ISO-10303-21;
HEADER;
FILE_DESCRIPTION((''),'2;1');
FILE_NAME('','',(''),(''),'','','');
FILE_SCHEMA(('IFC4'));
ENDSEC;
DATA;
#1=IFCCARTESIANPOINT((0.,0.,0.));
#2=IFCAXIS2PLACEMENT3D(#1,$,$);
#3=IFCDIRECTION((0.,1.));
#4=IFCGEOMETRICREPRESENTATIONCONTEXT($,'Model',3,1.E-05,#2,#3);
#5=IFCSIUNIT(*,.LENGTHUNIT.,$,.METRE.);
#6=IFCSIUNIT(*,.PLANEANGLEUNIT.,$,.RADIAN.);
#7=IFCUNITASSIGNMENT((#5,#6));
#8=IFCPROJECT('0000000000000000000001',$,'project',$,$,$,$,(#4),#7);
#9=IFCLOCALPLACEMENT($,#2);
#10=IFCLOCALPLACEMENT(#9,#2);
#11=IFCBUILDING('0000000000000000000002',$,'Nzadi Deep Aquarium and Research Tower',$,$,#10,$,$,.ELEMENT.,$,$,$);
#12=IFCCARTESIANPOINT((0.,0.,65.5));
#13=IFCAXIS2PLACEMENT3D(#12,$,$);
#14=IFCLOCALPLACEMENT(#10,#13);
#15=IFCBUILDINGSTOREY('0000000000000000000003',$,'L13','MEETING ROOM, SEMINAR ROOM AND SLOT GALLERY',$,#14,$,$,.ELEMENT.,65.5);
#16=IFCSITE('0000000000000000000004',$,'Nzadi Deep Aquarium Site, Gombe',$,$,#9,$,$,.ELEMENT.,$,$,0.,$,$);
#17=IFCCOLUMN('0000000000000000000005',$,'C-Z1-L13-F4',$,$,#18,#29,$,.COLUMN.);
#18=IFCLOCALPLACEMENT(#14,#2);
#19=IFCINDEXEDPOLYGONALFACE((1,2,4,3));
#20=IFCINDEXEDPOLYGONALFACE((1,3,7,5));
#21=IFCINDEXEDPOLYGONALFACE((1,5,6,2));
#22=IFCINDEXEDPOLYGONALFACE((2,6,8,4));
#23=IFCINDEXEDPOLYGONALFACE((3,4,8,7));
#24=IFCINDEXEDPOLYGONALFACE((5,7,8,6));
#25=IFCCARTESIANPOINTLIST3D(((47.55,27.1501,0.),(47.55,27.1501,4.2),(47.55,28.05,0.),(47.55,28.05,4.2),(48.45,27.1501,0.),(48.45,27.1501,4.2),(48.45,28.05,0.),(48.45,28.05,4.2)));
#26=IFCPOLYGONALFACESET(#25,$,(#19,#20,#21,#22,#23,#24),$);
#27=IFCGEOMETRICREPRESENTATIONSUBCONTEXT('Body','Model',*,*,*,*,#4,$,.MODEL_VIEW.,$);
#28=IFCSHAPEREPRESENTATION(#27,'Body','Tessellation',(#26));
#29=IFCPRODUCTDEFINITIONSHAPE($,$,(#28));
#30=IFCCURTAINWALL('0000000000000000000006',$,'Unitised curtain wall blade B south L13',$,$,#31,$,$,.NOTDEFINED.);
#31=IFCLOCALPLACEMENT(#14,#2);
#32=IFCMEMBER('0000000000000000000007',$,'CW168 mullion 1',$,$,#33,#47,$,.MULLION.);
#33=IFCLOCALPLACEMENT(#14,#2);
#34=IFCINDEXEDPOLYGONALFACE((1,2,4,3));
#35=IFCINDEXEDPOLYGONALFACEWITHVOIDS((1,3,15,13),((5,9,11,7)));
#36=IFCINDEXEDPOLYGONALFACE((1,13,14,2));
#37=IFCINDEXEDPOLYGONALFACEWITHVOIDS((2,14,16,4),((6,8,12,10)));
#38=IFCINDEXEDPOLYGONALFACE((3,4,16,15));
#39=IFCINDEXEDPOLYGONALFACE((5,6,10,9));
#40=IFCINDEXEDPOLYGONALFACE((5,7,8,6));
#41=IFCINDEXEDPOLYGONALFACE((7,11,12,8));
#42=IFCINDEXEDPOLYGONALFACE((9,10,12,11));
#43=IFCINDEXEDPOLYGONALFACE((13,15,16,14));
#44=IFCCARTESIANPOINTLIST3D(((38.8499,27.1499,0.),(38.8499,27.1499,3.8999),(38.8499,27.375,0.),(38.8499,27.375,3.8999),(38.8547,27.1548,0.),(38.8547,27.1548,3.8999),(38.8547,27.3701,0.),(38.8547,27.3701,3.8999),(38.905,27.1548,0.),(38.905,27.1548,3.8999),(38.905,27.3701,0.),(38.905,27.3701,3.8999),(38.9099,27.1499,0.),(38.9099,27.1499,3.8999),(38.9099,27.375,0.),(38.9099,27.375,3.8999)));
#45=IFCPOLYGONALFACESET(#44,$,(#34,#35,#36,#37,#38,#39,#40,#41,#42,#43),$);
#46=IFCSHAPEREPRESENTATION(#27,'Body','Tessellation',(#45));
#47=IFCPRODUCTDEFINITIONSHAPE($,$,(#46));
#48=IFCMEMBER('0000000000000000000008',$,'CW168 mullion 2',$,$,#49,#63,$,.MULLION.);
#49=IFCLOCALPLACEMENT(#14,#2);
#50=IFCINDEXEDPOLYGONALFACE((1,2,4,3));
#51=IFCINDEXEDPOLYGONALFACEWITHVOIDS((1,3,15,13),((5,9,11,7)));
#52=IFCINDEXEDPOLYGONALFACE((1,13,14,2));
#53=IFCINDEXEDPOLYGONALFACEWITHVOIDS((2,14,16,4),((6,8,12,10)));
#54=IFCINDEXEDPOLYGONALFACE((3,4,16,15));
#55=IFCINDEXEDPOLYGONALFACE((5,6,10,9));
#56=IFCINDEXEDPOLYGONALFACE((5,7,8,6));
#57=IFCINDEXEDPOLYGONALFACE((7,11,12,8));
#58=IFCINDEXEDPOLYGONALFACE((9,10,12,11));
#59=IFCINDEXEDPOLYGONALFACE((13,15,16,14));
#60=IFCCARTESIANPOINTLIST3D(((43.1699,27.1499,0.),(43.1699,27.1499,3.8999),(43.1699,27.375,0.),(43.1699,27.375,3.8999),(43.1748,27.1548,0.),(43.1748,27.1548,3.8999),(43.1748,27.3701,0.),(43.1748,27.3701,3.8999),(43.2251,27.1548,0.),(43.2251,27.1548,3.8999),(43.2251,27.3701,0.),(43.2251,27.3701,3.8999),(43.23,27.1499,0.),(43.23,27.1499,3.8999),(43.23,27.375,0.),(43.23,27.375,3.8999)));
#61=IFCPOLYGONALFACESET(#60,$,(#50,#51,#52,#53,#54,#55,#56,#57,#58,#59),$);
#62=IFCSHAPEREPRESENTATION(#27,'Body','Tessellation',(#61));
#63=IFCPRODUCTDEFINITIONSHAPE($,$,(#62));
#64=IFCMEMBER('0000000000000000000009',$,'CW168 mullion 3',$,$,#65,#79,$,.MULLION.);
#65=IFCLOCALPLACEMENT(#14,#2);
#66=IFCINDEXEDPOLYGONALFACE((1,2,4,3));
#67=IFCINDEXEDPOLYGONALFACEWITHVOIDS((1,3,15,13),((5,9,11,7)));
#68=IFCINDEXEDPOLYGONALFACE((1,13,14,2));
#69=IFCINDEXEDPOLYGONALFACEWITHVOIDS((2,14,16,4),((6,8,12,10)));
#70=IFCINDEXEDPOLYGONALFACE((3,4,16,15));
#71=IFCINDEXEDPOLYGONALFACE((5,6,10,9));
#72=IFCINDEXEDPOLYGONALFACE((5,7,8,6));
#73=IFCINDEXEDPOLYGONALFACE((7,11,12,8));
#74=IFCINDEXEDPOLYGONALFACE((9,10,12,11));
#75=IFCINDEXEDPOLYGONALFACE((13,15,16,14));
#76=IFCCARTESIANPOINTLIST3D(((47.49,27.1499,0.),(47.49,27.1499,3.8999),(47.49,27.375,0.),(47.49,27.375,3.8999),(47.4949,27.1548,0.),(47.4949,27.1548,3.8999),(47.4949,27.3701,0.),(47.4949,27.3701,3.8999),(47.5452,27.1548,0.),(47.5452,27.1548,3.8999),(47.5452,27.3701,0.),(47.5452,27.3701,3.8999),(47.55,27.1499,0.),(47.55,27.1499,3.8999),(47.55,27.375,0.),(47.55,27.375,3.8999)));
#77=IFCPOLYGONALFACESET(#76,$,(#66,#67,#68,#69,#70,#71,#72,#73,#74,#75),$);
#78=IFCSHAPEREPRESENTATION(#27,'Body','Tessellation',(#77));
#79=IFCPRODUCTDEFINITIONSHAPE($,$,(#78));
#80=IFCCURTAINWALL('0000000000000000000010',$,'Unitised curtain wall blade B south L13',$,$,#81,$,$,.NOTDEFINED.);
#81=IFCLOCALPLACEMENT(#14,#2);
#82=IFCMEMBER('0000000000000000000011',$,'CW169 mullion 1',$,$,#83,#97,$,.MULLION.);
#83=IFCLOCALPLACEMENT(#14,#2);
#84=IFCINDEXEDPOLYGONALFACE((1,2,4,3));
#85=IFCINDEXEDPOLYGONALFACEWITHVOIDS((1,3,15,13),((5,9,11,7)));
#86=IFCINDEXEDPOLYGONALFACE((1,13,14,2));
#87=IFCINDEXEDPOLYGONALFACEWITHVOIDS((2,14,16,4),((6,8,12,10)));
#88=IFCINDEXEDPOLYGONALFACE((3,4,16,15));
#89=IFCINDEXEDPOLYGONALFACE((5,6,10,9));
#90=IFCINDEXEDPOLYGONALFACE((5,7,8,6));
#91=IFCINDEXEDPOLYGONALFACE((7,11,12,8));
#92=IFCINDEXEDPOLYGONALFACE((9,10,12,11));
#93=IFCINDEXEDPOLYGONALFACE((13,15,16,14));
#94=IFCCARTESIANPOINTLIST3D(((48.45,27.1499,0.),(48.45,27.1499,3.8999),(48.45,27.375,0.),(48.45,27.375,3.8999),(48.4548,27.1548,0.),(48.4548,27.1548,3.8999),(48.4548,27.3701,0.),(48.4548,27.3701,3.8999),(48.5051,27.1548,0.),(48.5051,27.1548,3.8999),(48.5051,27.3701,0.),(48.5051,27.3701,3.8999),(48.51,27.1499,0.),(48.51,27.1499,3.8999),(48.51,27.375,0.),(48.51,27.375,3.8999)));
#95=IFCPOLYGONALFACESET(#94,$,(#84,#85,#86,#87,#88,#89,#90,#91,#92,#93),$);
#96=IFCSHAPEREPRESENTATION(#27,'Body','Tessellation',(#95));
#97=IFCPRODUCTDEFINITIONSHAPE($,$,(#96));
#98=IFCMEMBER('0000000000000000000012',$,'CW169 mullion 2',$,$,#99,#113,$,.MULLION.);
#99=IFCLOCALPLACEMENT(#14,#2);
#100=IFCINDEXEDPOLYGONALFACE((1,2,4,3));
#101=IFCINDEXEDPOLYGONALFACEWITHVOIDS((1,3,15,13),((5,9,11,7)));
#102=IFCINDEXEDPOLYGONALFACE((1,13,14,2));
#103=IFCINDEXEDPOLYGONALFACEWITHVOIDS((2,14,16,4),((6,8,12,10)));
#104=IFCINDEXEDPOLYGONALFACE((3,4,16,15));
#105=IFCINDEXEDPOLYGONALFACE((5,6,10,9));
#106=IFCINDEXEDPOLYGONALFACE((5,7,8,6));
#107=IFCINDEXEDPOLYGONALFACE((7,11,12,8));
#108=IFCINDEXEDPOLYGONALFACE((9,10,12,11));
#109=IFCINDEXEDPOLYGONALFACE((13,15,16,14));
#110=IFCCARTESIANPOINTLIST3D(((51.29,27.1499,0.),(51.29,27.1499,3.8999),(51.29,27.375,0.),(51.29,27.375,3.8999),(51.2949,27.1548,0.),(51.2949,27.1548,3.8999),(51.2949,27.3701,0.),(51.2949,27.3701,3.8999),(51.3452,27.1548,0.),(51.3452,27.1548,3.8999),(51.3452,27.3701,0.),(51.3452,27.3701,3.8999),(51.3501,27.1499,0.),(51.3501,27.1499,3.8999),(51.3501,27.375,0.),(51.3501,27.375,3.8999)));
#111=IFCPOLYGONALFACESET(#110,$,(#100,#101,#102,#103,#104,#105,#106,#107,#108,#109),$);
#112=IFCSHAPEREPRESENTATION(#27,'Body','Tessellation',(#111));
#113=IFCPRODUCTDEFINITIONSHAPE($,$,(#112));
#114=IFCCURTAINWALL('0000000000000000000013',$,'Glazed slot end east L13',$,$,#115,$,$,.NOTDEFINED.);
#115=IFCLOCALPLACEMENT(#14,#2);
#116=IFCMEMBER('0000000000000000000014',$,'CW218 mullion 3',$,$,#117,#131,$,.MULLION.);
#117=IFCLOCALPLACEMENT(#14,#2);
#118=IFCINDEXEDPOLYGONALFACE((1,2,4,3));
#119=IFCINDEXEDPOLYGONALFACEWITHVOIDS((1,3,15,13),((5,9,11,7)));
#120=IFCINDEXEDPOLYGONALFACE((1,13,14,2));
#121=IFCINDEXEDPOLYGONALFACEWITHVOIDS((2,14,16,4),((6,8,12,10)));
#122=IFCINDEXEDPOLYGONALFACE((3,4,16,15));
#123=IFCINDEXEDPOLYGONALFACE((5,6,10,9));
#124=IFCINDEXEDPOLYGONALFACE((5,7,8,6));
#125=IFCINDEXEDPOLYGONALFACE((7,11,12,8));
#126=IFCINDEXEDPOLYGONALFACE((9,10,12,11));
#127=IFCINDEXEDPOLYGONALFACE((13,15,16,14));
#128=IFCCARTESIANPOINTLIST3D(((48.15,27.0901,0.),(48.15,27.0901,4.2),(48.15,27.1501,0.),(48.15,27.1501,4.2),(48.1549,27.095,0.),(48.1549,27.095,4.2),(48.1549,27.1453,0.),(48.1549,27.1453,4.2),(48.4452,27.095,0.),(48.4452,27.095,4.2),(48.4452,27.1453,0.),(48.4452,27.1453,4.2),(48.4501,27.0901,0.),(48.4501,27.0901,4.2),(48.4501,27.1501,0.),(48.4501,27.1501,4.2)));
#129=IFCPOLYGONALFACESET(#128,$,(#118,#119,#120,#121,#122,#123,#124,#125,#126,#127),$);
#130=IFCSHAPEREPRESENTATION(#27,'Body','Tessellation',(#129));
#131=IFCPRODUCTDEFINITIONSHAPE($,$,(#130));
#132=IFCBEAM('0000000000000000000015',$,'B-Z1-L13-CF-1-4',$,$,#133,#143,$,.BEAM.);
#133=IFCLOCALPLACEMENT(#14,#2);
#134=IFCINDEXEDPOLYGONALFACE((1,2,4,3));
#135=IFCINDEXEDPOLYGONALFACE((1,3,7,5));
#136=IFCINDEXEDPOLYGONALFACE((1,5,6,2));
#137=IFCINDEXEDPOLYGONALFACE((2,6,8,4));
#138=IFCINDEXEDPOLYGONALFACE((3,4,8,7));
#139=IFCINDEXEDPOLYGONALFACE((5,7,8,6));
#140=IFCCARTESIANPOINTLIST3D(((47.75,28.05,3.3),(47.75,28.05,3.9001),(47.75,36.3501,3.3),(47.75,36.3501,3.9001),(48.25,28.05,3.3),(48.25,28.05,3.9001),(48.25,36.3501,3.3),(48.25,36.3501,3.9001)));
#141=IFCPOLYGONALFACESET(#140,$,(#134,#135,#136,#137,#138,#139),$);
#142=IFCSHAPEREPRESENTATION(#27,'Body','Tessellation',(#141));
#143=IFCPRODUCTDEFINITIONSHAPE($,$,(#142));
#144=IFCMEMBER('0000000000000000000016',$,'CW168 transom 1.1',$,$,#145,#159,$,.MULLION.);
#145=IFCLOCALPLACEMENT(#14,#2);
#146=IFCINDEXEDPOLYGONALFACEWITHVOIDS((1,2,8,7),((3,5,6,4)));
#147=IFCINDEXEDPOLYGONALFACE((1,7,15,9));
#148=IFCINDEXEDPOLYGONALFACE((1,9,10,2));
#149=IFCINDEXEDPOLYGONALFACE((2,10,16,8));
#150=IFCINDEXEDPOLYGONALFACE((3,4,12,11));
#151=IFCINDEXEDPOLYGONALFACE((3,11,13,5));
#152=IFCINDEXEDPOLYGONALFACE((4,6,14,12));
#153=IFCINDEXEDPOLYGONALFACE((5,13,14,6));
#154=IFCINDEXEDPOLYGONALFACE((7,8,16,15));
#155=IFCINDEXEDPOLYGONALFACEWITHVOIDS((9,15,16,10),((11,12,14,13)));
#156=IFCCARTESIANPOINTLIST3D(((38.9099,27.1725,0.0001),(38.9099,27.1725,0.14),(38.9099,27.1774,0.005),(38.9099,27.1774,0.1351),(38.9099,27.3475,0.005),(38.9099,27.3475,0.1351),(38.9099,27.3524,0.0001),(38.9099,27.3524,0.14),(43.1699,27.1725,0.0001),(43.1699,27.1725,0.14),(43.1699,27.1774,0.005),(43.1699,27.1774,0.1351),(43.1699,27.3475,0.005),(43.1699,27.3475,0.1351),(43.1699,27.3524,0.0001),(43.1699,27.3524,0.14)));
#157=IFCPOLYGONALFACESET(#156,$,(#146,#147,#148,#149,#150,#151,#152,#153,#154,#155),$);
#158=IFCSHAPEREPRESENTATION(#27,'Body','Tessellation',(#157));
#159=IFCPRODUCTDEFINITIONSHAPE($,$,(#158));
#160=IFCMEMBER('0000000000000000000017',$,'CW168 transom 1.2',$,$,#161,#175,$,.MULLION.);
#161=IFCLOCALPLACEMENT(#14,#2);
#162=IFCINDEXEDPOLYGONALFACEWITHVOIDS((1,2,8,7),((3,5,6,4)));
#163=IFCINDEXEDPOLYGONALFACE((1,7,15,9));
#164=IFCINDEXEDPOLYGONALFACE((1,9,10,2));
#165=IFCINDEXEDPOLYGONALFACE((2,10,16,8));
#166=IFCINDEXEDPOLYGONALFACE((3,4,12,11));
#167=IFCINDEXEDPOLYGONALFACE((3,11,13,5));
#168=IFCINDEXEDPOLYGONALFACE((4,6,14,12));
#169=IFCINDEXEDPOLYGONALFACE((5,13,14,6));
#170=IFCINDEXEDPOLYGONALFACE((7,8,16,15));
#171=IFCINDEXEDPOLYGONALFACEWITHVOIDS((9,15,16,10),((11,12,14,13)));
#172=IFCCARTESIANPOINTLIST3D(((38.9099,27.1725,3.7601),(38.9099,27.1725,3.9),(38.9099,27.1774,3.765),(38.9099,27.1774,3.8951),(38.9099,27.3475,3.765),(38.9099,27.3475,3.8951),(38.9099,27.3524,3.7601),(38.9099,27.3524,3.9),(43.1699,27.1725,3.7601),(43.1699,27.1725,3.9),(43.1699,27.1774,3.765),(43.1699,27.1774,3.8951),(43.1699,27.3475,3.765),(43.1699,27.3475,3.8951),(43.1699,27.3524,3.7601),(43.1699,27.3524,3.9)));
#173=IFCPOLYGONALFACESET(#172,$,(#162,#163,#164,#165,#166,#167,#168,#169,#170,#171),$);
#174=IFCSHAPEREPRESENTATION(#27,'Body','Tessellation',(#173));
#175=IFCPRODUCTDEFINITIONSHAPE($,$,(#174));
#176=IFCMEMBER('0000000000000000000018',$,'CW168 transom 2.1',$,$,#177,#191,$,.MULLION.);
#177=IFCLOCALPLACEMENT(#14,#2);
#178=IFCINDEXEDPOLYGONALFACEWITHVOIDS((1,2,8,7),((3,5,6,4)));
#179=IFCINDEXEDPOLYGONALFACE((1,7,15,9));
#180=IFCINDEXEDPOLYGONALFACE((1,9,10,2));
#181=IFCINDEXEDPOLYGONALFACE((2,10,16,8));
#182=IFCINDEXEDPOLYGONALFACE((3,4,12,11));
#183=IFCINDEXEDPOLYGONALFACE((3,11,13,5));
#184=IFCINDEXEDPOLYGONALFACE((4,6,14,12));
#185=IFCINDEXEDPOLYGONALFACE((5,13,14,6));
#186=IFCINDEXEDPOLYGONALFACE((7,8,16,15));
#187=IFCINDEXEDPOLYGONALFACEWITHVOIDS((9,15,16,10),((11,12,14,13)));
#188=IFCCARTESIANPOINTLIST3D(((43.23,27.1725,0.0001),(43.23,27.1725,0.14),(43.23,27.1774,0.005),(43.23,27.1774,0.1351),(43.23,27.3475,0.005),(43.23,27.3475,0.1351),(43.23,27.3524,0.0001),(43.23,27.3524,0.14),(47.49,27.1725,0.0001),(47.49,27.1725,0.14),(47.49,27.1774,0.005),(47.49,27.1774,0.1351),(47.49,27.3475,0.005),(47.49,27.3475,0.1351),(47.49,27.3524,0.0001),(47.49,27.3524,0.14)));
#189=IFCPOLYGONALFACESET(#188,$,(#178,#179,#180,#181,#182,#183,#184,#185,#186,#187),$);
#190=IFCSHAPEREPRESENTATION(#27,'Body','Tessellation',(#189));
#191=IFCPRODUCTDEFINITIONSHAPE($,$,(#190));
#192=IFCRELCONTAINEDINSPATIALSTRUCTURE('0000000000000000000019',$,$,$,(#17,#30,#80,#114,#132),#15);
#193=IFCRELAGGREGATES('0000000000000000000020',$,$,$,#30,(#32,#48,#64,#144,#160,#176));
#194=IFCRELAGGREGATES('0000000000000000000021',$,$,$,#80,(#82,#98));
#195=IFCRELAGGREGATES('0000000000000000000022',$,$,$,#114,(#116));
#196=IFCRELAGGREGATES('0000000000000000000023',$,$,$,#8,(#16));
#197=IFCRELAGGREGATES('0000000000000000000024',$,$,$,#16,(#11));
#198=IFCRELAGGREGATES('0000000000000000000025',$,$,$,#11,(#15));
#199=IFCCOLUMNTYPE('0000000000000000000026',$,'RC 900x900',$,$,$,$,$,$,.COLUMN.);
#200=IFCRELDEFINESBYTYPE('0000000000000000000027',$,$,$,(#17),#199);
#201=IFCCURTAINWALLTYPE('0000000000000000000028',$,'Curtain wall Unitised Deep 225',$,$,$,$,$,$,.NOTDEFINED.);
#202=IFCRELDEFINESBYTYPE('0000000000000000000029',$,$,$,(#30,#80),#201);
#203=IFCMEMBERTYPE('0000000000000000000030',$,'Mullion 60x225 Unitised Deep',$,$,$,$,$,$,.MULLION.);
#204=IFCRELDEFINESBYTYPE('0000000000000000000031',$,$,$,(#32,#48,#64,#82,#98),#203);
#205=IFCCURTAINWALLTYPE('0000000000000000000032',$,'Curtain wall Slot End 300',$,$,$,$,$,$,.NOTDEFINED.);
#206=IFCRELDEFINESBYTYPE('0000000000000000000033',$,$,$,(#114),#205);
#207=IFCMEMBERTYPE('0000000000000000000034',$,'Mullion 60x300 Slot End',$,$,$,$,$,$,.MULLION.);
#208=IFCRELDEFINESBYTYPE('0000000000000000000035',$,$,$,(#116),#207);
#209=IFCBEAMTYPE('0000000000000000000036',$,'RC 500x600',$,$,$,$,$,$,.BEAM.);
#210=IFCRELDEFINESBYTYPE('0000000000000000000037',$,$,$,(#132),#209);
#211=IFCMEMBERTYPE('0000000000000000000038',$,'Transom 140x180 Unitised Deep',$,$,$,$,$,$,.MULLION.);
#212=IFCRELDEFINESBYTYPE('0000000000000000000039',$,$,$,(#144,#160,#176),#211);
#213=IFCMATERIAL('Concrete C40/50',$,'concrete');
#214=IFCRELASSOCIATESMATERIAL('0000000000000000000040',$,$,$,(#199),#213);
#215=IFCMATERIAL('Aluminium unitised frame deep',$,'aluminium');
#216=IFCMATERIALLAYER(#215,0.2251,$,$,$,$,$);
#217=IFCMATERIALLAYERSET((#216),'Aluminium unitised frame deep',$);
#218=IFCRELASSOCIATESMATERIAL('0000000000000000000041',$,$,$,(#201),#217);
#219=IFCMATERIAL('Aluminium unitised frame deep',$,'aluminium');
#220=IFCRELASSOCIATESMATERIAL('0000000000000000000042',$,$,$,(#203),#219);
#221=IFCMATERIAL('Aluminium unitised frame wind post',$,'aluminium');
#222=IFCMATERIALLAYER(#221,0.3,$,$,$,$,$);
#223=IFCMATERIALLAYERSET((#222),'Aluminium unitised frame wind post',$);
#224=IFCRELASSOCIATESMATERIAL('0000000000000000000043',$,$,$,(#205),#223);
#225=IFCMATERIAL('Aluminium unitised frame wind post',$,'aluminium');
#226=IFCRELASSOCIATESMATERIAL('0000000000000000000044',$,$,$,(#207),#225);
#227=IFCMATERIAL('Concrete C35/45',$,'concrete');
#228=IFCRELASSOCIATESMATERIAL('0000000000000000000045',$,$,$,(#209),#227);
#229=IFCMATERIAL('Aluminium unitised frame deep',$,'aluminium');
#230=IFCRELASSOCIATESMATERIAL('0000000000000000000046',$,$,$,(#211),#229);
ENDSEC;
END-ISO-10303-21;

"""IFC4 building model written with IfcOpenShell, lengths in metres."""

from ifc_helpers import new_model, si_unit, direction, frame, origin, origin_2d, place, context, subcontext, project, spatial, rectangle, hollow_rectangle, extrude, material, layer, layer_set, material_profile, profile_set, type_object, element, aggregate, save


model = new_model("IFC4")

# Units and contexts
model_context = context("Model", 3, precision=1e-05, world=origin(), true_north=direction((0.0, 1.0)))
body_context = subcontext(model_context, "Body", "Model", "MODEL_VIEW")
ifc_project = project(units=[si_unit("LENGTHUNIT", "METRE"), si_unit("PLANEANGLEUNIT", "RADIAN")], contexts=[model_context])

# Site, building, storey
site_placement = place(None, origin())
site = spatial("IfcSite", under=ifc_project, at=site_placement, Name="Nzadi Deep Aquarium Site, Gombe", CompositionType="ELEMENT", RefElevation=0.0)
building_placement = place(site_placement, origin())
building = spatial("IfcBuilding", under=site, at=building_placement, Name="Nzadi Deep Aquarium and Research Tower", CompositionType="ELEMENT")
storey_placement = place(building_placement, frame((0.0, 0.0, 65.5)))
storey = spatial("IfcBuildingStorey", under=building, at=storey_placement, Name="L13", Description="MEETING ROOM, SEMINAR ROOM AND SLOT GALLERY", CompositionType="ELEMENT", Elevation=65.5)

# Column
ifc_material_1 = material(Name="Concrete C40/50", Category="concrete")
ifc_material_profile_1 = material_profile(ifc_material_1, rectangle(XDim=0.8999, YDim=0.8999, at=origin_2d()))
ifc_profile_set_1 = profile_set([ifc_material_profile_1], Name="Concrete C40/50")
column_type = type_object("IfcColumnType", Name="RC 900x900", PredefinedType="COLUMN", material=ifc_profile_set_1)
column_placement = place(storey_placement, frame((48.0, 27.6001, 0.0), z_axis=(0.0, 0.0, 1.0), x_axis=(1.0, 0.0, 0.0)))
element("IfcColumn", 1, at=column_placement, inside=storey, type_object=column_type, Name="C-Z1-L13-F4", PredefinedType="COLUMN", context=body_context, shape_type="SweptSolid", body=[
    extrude(rectangle(XDim=0.8999, YDim=0.8999, at=origin_2d()), origin(), (0.0, 0.0, 1.0), 4.2),
])

# Curtain walls, members
ifc_material_2 = material(Name="Aluminium unitised frame deep", Category="aluminium")
ifc_layer_1 = layer(ifc_material_2, 0.2251)
ifc_layer_set_1 = layer_set([ifc_layer_1], Name="Aluminium unitised frame deep")
curtain_wall_type_1 = type_object("IfcCurtainWallType", Name="Curtain wall Unitised Deep 225", PredefinedType="NOTDEFINED", material=ifc_layer_set_1)
curtain_wall_1_placement = place(storey_placement, origin())
curtain_wall_1 = element("IfcCurtainWall", 2, at=curtain_wall_1_placement, inside=storey, type_object=curtain_wall_type_1, Name="Unitised curtain wall blade B south L13", PredefinedType="NOTDEFINED")
ifc_material_3 = material(Name="Aluminium unitised frame deep", Category="aluminium")
ifc_material_profile_2 = material_profile(ifc_material_3, hollow_rectangle(XDim=0.2251, YDim=0.0601, WallThickness=0.0049, at=origin_2d()))
ifc_profile_set_2 = profile_set([ifc_material_profile_2], Name="Aluminium unitised frame deep")
member_type_1 = type_object("IfcMemberType", Name="Mullion 60x225 Unitised Deep", PredefinedType="MULLION", material=ifc_profile_set_2)
member_1_placement = place(storey_placement, frame((38.8799, 27.2625, 0.0), z_axis=(0.0, 0.0, 1.0), x_axis=(0.0, 1.0, 0.0)))
member_1 = element("IfcMember", 3, at=member_1_placement, type_object=member_type_1, Name="CW168 mullion 1", PredefinedType="MULLION", context=body_context, shape_type="SweptSolid", body=[
    extrude(hollow_rectangle(XDim=0.2251, YDim=0.0601, WallThickness=0.0049, at=origin_2d()), origin(), (0.0, 0.0, 1.0), 3.8999),
])
member_2_placement = place(storey_placement, frame((43.2, 27.2625, 0.0), z_axis=(0.0, 0.0, 1.0), x_axis=(0.0, 1.0, 0.0)))
member_2 = element("IfcMember", 4, at=member_2_placement, type_object=member_type_1, Name="CW168 mullion 2", PredefinedType="MULLION", context=body_context, shape_type="SweptSolid", body=[
    extrude(hollow_rectangle(XDim=0.2251, YDim=0.0601, WallThickness=0.0049, at=origin_2d()), origin(), (0.0, 0.0, 1.0), 3.8999),
])
member_3_placement = place(storey_placement, frame((47.52, 27.2625, 0.0), z_axis=(0.0, 0.0, 1.0), x_axis=(0.0, 1.0, 0.0)))
member_3 = element("IfcMember", 5, at=member_3_placement, type_object=member_type_1, Name="CW168 mullion 3", PredefinedType="MULLION", context=body_context, shape_type="SweptSolid", body=[
    extrude(hollow_rectangle(XDim=0.2251, YDim=0.0601, WallThickness=0.0049, at=origin_2d()), origin(), (0.0, 0.0, 1.0), 3.8999),
])
curtain_wall_2_placement = place(storey_placement, origin())
curtain_wall_2 = element("IfcCurtainWall", 6, at=curtain_wall_2_placement, inside=storey, type_object=curtain_wall_type_1, Name="Unitised curtain wall blade B south L13", PredefinedType="NOTDEFINED")
member_4_placement = place(storey_placement, frame((48.48, 27.2625, 0.0), z_axis=(0.0, 0.0, 1.0), x_axis=(0.0, 1.0, 0.0)))
member_4 = element("IfcMember", 7, at=member_4_placement, type_object=member_type_1, Name="CW169 mullion 1", PredefinedType="MULLION", context=body_context, shape_type="SweptSolid", body=[
    extrude(hollow_rectangle(XDim=0.2251, YDim=0.0601, WallThickness=0.0049, at=origin_2d()), origin(), (0.0, 0.0, 1.0), 3.8999),
])
member_5_placement = place(storey_placement, frame((51.3201, 27.2625, 0.0), z_axis=(0.0, 0.0, 1.0), x_axis=(0.0, 1.0, 0.0)))
member_5 = element("IfcMember", 8, at=member_5_placement, type_object=member_type_1, Name="CW169 mullion 2", PredefinedType="MULLION", context=body_context, shape_type="SweptSolid", body=[
    extrude(hollow_rectangle(XDim=0.2251, YDim=0.0601, WallThickness=0.0049, at=origin_2d()), origin(), (0.0, 0.0, 1.0), 3.8999),
])

# Curtain wall, member
ifc_material_4 = material(Name="Aluminium unitised frame wind post", Category="aluminium")
ifc_layer_2 = layer(ifc_material_4, 0.3)
ifc_layer_set_2 = layer_set([ifc_layer_2], Name="Aluminium unitised frame wind post")
curtain_wall_type_2 = type_object("IfcCurtainWallType", Name="Curtain wall Slot End 300", PredefinedType="NOTDEFINED", material=ifc_layer_set_2)
curtain_wall_3_placement = place(storey_placement, origin())
curtain_wall_3 = element("IfcCurtainWall", 9, at=curtain_wall_3_placement, inside=storey, type_object=curtain_wall_type_2, Name="Glazed slot end east L13", PredefinedType="NOTDEFINED")
ifc_material_5 = material(Name="Aluminium unitised frame wind post", Category="aluminium")
ifc_material_profile_3 = material_profile(ifc_material_5, hollow_rectangle(XDim=0.3, YDim=0.0601, WallThickness=0.0049, at=origin_2d()))
ifc_profile_set_3 = profile_set([ifc_material_profile_3], Name="Aluminium unitised frame wind post")
member_type_2 = type_object("IfcMemberType", Name="Mullion 60x300 Slot End", PredefinedType="MULLION", material=ifc_profile_set_3)
member_6_placement = place(storey_placement, frame((48.3, 27.1201, 0.0), z_axis=(0.0, 0.0, 1.0), x_axis=(-1.0, 0.0, 0.0)))
member_6 = element("IfcMember", 10, at=member_6_placement, type_object=member_type_2, Name="CW218 mullion 3", PredefinedType="MULLION", context=body_context, shape_type="SweptSolid", body=[
    extrude(hollow_rectangle(XDim=0.3, YDim=0.0601, WallThickness=0.0049, at=origin_2d()), origin(), (0.0, 0.0, 1.0), 4.2),
])

# Beam
ifc_material_6 = material(Name="Concrete C35/45", Category="concrete")
ifc_material_profile_4 = material_profile(ifc_material_6, rectangle(XDim=0.5, YDim=0.6001, at=origin_2d()))
ifc_profile_set_4 = profile_set([ifc_material_profile_4], Name="Concrete C35/45")
beam_type = type_object("IfcBeamType", Name="RC 500x600", PredefinedType="BEAM", material=ifc_profile_set_4)
beam_placement = place(storey_placement, frame((48.0, 28.05, 3.6001), z_axis=(0.0, 1.0, 0.0), x_axis=(-1.0, 0.0, 0.0)))
element("IfcBeam", 11, at=beam_placement, inside=storey, type_object=beam_type, Name="B-Z1-L13-CF-1-4", PredefinedType="BEAM", context=body_context, shape_type="SweptSolid", body=[
    extrude(rectangle(XDim=0.5, YDim=0.6001, at=origin_2d()), origin(), (0.0, 0.0, 1.0), 8.3),
])

# Members
ifc_material_7 = material(Name="Aluminium unitised frame deep", Category="aluminium")
ifc_material_profile_5 = material_profile(ifc_material_7, hollow_rectangle(XDim=0.1799, YDim=0.1399, WallThickness=0.0049, at=origin_2d()))
ifc_profile_set_5 = profile_set([ifc_material_profile_5], Name="Aluminium unitised frame deep")
member_type_3 = type_object("IfcMemberType", Name="Transom 140x180 Unitised Deep", PredefinedType="MULLION", material=ifc_profile_set_5)
member_7_placement = place(storey_placement, frame((38.9099, 27.2625, 0.0701), z_axis=(1.0, 0.0, 0.0), x_axis=(0.0, 1.0, 0.0)))
member_7 = element("IfcMember", 12, at=member_7_placement, type_object=member_type_3, Name="CW168 transom 1.1", PredefinedType="MULLION", context=body_context, shape_type="SweptSolid", body=[
    extrude(hollow_rectangle(XDim=0.1799, YDim=0.1399, WallThickness=0.0049, at=origin_2d()), origin(), (0.0, 0.0, 1.0), 4.26),
])
member_8_placement = place(storey_placement, frame((38.9099, 27.2625, 3.8301), z_axis=(1.0, 0.0, 0.0), x_axis=(0.0, 1.0, 0.0)))
member_8 = element("IfcMember", 13, at=member_8_placement, type_object=member_type_3, Name="CW168 transom 1.2", PredefinedType="MULLION", context=body_context, shape_type="SweptSolid", body=[
    extrude(hollow_rectangle(XDim=0.1799, YDim=0.1399, WallThickness=0.0049, at=origin_2d()), origin(), (0.0, 0.0, 1.0), 4.26),
])
member_9_placement = place(storey_placement, frame((43.23, 27.2625, 0.0701), z_axis=(1.0, 0.0, 0.0), x_axis=(0.0, 1.0, 0.0)))
member_9 = element("IfcMember", 14, at=member_9_placement, type_object=member_type_3, Name="CW168 transom 2.1", PredefinedType="MULLION", context=body_context, shape_type="SweptSolid", body=[
    extrude(hollow_rectangle(XDim=0.1799, YDim=0.1399, WallThickness=0.0049, at=origin_2d()), origin(), (0.0, 0.0, 1.0), 4.26),
])

aggregate(curtain_wall_1, [member_1, member_2, member_3, member_7, member_8, member_9])
aggregate(curtain_wall_2, [member_4, member_5])
aggregate(curtain_wall_3, [member_6])

save(model, "model.ifc")
